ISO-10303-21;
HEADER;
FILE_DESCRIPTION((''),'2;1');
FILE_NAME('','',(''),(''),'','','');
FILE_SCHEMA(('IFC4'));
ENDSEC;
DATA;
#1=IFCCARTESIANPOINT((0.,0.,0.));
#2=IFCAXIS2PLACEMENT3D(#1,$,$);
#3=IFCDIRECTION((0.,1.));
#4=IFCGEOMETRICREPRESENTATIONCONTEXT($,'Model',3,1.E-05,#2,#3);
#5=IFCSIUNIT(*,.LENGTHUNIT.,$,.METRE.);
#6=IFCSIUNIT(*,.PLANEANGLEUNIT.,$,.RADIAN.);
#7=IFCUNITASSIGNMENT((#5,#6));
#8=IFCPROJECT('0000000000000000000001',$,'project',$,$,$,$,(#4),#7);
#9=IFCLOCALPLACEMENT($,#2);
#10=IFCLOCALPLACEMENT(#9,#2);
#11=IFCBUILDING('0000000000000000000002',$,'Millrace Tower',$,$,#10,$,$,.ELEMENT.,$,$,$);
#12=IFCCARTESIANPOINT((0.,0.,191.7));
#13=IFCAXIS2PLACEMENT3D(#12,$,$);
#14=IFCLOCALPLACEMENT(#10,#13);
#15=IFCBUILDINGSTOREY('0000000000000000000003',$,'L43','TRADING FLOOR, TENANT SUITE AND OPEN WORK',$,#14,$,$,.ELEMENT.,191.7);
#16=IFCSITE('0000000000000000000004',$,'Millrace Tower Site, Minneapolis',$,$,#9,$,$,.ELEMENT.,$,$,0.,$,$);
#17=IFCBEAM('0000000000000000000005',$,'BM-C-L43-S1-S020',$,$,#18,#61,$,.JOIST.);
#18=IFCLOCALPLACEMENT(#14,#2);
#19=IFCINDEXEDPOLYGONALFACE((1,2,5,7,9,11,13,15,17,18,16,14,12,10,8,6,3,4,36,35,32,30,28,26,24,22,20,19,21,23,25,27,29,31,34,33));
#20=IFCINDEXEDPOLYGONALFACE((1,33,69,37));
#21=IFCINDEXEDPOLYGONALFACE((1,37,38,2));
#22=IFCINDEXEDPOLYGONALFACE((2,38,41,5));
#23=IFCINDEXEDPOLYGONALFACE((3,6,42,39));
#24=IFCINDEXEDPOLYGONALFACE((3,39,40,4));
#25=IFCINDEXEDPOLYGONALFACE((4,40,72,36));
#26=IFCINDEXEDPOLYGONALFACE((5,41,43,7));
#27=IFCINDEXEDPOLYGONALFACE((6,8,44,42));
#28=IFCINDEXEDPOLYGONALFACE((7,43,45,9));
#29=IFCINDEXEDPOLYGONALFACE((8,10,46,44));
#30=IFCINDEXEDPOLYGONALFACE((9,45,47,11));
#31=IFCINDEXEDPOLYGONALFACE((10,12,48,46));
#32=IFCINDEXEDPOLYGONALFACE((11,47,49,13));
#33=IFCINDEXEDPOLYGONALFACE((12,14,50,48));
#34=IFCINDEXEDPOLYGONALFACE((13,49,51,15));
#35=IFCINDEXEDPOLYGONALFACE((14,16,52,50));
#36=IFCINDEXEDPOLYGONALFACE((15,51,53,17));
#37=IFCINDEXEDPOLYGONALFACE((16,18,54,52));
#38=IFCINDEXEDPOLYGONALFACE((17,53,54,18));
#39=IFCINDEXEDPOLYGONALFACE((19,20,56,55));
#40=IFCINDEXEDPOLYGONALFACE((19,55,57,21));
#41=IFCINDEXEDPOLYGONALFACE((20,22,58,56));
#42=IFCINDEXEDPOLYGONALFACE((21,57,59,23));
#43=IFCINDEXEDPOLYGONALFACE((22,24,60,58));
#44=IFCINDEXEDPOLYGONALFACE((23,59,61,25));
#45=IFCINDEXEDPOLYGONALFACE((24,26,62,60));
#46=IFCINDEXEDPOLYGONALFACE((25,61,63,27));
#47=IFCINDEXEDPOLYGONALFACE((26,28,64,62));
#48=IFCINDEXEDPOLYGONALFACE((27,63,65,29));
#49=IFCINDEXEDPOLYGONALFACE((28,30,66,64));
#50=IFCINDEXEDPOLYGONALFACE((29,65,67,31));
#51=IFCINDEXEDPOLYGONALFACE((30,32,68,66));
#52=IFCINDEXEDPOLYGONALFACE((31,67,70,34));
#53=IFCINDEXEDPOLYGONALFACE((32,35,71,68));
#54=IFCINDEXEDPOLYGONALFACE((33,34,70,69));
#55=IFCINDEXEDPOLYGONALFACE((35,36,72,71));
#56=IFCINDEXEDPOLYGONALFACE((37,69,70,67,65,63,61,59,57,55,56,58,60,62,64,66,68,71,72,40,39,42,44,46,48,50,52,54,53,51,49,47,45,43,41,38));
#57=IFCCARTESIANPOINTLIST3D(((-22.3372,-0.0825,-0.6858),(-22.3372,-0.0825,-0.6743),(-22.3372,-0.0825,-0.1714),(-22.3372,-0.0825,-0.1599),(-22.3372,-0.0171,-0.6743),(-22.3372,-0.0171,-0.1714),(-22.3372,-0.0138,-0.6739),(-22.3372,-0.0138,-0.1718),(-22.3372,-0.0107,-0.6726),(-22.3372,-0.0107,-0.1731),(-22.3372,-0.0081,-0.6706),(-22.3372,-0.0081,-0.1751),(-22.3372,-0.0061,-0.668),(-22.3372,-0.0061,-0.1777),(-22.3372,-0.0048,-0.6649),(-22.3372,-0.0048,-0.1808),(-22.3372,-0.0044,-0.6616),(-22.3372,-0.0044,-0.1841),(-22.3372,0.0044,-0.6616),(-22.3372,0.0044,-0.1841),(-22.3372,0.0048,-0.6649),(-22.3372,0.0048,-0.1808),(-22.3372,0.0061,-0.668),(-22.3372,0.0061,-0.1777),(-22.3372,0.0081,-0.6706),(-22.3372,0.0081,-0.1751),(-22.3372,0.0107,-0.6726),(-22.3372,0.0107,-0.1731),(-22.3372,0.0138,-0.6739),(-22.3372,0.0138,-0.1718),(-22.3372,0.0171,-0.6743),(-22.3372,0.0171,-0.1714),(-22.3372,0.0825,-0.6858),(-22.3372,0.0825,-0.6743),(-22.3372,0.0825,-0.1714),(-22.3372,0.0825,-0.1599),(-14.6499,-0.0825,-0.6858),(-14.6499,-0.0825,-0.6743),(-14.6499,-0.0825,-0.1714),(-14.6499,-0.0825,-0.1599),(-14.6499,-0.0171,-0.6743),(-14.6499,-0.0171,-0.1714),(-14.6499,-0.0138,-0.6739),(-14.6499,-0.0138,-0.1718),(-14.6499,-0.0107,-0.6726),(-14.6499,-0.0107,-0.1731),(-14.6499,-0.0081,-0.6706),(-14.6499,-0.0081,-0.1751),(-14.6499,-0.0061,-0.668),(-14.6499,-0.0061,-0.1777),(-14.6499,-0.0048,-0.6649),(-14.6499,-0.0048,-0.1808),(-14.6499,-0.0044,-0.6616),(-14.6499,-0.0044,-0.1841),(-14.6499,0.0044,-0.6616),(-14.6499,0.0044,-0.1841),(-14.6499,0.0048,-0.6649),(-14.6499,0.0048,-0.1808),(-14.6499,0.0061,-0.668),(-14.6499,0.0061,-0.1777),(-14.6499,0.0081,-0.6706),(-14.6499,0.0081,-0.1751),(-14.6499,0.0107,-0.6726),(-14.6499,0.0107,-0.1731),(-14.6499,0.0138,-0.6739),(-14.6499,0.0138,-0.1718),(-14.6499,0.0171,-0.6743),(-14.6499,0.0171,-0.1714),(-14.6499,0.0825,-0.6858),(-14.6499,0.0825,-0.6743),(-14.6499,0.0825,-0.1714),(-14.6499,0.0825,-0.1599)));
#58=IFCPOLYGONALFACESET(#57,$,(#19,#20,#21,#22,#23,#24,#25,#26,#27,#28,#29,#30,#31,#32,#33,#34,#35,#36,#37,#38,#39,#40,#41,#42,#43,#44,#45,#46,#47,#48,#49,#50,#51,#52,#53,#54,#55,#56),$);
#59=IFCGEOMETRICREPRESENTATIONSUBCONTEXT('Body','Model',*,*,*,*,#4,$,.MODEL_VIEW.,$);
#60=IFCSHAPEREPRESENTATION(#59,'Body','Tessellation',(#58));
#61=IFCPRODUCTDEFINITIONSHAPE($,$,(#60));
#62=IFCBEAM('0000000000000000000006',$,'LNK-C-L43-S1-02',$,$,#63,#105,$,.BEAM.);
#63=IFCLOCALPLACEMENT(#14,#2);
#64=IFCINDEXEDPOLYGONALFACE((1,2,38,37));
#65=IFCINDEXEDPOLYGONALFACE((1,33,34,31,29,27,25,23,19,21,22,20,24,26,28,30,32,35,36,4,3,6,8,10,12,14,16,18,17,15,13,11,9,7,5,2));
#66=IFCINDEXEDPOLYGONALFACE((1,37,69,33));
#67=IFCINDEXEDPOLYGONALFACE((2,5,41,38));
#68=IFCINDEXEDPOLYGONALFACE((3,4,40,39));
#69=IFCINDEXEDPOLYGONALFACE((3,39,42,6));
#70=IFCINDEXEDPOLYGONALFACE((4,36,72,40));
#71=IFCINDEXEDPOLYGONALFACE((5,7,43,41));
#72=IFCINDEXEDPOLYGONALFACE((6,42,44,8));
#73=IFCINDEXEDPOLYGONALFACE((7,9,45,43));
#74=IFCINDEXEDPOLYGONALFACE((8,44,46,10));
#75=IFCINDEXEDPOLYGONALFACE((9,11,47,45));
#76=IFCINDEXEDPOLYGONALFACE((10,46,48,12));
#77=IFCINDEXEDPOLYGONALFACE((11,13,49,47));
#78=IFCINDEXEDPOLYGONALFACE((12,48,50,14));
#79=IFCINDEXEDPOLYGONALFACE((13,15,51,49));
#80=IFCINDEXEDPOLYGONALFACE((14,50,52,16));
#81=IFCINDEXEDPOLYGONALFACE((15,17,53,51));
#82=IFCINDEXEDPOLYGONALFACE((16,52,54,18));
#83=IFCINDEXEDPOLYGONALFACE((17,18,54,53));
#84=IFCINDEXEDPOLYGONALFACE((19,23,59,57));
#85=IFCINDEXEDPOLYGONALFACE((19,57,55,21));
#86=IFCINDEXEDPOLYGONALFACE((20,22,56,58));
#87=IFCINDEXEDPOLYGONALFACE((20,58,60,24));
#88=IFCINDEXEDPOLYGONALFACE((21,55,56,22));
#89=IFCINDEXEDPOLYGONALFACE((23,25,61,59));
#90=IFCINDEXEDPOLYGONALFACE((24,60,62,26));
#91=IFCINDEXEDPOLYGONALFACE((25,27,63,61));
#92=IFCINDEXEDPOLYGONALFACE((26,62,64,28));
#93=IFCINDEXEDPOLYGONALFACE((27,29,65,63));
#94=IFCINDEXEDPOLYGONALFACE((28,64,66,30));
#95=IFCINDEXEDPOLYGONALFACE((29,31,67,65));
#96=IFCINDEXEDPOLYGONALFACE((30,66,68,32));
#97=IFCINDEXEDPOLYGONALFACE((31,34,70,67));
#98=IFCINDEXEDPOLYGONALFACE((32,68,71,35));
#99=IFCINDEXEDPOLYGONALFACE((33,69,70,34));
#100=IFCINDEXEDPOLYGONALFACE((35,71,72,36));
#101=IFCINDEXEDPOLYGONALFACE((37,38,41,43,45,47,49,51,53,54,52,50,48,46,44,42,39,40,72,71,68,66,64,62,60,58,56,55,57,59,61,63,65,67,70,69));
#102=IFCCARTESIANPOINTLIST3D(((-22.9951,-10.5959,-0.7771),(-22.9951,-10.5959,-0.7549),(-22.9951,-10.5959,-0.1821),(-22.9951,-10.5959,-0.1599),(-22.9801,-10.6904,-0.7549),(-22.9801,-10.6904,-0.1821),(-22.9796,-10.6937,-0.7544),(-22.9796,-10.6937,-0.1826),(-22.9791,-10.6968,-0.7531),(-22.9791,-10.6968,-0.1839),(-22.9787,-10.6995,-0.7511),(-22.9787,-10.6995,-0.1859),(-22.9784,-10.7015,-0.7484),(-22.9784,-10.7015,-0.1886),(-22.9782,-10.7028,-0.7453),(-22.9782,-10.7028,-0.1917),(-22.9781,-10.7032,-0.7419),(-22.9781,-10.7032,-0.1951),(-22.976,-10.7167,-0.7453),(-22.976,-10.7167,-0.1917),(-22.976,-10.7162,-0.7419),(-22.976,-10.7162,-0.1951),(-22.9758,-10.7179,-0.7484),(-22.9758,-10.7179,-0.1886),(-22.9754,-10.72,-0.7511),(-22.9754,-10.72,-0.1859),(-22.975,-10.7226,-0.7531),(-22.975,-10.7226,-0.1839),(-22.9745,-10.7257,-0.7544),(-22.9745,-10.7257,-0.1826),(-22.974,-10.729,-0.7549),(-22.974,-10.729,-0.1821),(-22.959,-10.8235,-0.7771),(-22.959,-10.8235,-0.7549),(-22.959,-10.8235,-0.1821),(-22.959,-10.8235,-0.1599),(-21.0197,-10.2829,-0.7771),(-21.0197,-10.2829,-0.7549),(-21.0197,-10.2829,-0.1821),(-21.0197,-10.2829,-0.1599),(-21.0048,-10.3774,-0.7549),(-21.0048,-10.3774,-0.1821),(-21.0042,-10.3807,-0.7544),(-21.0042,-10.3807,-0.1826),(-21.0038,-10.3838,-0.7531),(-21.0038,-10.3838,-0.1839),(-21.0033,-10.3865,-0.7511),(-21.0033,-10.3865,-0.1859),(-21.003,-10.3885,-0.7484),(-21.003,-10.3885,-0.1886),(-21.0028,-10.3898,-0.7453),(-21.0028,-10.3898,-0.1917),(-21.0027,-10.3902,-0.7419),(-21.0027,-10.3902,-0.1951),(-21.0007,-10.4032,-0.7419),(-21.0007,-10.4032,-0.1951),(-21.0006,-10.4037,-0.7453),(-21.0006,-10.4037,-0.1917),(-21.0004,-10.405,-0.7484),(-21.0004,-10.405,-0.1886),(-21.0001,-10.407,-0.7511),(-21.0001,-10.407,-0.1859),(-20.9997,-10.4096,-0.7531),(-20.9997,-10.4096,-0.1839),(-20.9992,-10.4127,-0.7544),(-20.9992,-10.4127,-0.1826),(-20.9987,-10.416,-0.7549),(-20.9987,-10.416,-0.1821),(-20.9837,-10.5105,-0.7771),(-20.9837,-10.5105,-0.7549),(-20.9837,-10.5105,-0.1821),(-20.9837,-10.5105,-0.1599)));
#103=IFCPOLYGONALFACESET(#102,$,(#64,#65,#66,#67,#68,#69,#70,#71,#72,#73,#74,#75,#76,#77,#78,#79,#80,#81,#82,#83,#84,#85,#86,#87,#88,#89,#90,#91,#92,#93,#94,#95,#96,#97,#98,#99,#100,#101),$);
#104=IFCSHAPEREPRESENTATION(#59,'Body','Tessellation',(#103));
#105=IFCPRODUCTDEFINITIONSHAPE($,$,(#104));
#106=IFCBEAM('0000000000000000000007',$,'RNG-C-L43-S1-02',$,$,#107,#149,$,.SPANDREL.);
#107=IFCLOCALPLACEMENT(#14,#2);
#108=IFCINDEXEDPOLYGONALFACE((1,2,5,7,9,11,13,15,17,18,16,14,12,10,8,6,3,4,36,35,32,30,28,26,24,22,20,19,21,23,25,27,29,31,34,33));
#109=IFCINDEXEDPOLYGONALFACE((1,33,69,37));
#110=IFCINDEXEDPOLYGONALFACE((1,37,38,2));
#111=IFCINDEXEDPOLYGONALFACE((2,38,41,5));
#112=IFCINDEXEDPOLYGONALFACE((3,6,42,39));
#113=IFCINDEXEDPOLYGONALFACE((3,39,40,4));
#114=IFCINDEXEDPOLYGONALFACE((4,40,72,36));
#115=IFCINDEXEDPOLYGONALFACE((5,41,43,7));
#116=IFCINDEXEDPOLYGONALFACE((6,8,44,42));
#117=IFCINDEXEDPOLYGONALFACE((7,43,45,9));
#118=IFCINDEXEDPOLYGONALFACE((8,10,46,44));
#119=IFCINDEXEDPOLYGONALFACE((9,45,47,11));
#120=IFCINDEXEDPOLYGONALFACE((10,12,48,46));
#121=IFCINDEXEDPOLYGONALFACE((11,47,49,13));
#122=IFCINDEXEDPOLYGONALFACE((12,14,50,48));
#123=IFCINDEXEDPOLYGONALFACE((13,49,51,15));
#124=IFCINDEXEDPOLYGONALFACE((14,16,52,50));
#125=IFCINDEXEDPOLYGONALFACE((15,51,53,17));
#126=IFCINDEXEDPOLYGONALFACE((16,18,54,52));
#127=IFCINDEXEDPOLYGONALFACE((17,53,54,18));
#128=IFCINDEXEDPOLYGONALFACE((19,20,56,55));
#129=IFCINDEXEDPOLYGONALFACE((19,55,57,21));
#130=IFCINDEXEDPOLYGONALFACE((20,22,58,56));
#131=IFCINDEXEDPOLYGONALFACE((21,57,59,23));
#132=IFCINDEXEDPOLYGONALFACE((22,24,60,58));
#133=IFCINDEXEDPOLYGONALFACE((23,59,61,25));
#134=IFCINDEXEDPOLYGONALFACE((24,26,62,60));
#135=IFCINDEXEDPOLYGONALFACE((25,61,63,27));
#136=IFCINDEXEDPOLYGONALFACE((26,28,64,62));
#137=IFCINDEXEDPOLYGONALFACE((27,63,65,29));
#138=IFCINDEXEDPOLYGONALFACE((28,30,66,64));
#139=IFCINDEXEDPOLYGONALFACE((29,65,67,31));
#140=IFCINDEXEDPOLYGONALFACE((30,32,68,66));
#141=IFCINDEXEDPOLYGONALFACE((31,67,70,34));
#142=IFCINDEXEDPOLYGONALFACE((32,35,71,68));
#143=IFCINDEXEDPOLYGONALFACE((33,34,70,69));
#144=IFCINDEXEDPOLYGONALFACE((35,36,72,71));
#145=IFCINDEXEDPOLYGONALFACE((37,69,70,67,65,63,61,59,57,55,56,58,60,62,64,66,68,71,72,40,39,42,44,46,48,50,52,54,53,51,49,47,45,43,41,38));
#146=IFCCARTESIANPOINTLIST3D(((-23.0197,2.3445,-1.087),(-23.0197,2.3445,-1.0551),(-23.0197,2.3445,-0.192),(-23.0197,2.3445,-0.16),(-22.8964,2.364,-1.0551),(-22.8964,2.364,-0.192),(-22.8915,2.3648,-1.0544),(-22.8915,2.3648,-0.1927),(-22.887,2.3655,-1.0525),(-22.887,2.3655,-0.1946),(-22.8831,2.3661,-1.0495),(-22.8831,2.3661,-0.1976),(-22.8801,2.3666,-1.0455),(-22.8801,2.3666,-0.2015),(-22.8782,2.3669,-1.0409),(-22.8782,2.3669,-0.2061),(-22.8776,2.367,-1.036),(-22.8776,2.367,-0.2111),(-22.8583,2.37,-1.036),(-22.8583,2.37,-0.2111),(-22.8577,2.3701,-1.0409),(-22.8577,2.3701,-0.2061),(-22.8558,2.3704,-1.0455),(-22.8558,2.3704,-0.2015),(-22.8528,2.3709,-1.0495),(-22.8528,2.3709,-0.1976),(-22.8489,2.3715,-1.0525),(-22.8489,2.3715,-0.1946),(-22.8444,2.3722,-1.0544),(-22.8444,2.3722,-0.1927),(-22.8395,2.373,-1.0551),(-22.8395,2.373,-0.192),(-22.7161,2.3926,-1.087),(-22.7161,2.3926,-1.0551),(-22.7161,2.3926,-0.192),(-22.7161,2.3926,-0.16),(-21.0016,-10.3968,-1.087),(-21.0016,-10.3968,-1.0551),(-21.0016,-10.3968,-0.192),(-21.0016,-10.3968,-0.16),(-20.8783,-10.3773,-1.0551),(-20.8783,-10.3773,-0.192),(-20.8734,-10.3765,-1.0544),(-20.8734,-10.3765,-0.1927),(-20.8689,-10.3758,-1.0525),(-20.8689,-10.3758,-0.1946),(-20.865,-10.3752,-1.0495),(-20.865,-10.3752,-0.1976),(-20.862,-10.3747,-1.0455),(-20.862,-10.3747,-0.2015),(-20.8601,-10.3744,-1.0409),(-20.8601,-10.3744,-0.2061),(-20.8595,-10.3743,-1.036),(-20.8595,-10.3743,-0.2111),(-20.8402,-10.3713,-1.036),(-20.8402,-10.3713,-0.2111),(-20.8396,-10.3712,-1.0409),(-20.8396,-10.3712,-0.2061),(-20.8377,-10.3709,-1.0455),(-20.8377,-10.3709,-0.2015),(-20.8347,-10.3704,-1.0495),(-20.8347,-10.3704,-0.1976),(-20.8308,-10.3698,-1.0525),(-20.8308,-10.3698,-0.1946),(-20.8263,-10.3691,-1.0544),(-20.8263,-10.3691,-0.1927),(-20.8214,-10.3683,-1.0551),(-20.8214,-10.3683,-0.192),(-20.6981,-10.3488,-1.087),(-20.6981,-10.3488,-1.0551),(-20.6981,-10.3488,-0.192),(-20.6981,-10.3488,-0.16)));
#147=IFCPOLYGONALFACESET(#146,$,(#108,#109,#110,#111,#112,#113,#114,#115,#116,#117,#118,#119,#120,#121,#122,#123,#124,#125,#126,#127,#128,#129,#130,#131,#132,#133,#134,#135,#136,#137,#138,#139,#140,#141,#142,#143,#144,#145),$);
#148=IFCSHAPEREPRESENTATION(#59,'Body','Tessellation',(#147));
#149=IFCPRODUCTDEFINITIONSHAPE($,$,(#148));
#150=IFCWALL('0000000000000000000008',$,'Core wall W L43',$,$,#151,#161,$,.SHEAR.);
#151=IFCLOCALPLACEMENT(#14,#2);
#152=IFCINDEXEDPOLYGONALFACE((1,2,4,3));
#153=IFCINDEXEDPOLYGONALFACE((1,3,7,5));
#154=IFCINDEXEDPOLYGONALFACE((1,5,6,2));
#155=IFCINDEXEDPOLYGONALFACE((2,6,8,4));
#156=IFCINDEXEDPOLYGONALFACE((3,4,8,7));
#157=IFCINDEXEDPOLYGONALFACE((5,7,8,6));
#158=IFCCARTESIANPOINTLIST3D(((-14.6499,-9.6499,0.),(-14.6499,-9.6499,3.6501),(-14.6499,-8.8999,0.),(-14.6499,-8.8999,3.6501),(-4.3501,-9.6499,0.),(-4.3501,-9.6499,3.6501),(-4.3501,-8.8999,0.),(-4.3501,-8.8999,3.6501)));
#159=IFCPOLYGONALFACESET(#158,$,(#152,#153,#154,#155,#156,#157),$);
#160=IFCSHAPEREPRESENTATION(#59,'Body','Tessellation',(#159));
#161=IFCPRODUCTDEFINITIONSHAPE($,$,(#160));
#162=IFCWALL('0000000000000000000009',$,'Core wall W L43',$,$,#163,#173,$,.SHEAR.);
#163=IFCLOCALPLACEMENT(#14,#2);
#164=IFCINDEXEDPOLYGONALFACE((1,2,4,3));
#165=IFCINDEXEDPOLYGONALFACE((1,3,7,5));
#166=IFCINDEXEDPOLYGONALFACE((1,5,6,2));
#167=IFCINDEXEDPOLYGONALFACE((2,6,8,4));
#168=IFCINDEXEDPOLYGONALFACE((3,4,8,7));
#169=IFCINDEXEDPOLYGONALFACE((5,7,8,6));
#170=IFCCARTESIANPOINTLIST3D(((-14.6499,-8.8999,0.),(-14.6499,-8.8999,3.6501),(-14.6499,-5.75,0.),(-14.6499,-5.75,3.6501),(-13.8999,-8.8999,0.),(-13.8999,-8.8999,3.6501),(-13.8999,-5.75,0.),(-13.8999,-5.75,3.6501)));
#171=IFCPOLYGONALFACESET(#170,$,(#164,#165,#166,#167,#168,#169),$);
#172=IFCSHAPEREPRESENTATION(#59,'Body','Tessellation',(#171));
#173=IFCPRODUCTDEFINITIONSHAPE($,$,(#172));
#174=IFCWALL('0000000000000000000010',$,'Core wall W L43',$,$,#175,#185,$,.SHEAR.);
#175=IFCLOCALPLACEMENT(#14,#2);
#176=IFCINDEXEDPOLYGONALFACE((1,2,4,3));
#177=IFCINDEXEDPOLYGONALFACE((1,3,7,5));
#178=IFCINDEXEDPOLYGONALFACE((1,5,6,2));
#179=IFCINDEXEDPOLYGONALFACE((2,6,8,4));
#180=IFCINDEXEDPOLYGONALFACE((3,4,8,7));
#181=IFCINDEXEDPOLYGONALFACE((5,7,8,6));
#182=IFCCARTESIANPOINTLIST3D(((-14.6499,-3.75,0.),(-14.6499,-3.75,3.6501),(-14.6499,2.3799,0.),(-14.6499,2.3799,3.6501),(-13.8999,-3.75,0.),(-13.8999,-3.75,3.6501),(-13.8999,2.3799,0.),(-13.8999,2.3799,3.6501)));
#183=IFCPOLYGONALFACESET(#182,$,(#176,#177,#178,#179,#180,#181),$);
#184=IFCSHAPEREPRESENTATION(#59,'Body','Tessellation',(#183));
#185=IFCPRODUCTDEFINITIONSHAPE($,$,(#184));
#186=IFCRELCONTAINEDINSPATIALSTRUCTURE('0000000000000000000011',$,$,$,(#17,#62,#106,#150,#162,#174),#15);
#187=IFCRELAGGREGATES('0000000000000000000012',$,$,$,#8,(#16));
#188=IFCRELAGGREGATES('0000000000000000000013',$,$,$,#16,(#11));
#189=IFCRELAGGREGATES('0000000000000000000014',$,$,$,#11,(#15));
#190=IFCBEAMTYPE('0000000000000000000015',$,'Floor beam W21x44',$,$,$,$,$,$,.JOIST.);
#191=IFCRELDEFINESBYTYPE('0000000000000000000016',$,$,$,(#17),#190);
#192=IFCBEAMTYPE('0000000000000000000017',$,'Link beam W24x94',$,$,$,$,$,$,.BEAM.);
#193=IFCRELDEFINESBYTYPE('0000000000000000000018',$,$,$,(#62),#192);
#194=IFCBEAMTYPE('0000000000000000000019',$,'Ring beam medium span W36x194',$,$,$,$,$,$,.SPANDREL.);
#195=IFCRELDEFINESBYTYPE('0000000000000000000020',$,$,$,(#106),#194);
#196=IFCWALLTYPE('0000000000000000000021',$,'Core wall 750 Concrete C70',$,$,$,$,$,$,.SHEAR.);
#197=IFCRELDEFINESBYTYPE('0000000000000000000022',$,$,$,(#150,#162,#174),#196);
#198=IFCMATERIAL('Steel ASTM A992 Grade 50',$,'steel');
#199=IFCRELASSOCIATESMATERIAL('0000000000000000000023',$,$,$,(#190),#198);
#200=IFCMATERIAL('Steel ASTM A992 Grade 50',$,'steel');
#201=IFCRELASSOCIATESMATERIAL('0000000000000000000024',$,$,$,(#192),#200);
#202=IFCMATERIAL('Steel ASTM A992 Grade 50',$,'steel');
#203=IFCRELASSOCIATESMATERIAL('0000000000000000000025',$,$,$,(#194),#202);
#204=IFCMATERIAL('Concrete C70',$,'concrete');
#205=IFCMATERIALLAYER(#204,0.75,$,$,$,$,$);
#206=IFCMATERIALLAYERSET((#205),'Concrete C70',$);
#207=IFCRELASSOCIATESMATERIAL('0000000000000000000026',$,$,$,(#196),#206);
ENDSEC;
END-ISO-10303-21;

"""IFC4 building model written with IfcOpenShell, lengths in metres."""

from ifc_helpers import new_model, si_unit, direction, frame, frame_2d, origin, origin_2d, place, context, subcontext, project, spatial, rectangle, i_section, extrude, material, layer, layer_set, material_profile, profile_set, type_object, element, save


model = new_model("IFC4")

# Units and contexts
model_context = context("Model", 3, precision=1e-05, world=origin(), true_north=direction((0.0, 1.0)))
body_context = subcontext(model_context, "Body", "Model", "MODEL_VIEW")
ifc_project = project(units=[si_unit("LENGTHUNIT", "METRE"), si_unit("PLANEANGLEUNIT", "RADIAN")], contexts=[model_context])

# Site, building, storey
site_placement = place(None, origin())
site = spatial("IfcSite", under=ifc_project, at=site_placement, Name="Millrace Tower Site, Minneapolis", CompositionType="ELEMENT", RefElevation=0.0)
building_placement = place(site_placement, origin())
building = spatial("IfcBuilding", under=site, at=building_placement, Name="Millrace Tower", CompositionType="ELEMENT")
storey_placement = place(building_placement, frame((0.0, 0.0, 191.7)))
storey = spatial("IfcBuildingStorey", under=building, at=storey_placement, Name="L43", Description="TRADING FLOOR, TENANT SUITE AND OPEN WORK", CompositionType="ELEMENT", Elevation=191.7)

# Beams
ifc_material_1 = material(Name="Steel ASTM A992 Grade 50", Category="steel")
ifc_material_profile_1 = material_profile(ifc_material_1, i_section(OverallWidth=0.165, OverallDepth=0.5259, WebThickness=0.0088, FlangeThickness=0.0115, FilletRadius=0.0127, at=origin_2d()))
ifc_profile_set_1 = profile_set([ifc_material_profile_1], Name="Steel ASTM A992 Grade 50")
beam_type_1 = type_object("IfcBeamType", Name="Floor beam W21x44", PredefinedType="JOIST", material=ifc_profile_set_1)
beam_1_placement = place(storey_placement, frame((-22.3372, 0.0, -0.4229), z_axis=(1.0, 0.0, 0.0), x_axis=(0.0, 1.0, 0.0)))
element("IfcBeam", 1, at=beam_1_placement, inside=storey, type_object=beam_type_1, Name="BM-C-L43-S1-S020", PredefinedType="JOIST", context=body_context, shape_type="SweptSolid", body=[
    extrude(i_section(OverallWidth=0.165, OverallDepth=0.5259, WebThickness=0.0088, FlangeThickness=0.0115, FilletRadius=0.0127, at=origin_2d()), origin(), (0.0, 0.0, 1.0), 7.6873),
])
ifc_material_2 = material(Name="Steel ASTM A992 Grade 50", Category="steel")
ifc_material_profile_2 = material_profile(ifc_material_2, i_section(OverallWidth=0.2305, OverallDepth=0.6172, WebThickness=0.0132, FlangeThickness=0.0222, FilletRadius=0.0129, at=origin_2d()))
ifc_profile_set_2 = profile_set([ifc_material_profile_2], Name="Steel ASTM A992 Grade 50")
beam_type_2 = type_object("IfcBeamType", Name="Link beam W24x94", PredefinedType="BEAM", material=ifc_profile_set_2)
beam_2_placement = place(storey_placement, frame((-21.0017, -10.3967, -0.4685), z_axis=(-0.987679, -0.156495, 0.0), x_axis=(0.156495, -0.987679, 0.0)))
element("IfcBeam", 2, at=beam_2_placement, inside=storey, type_object=beam_type_2, Name="LNK-C-L43-S1-02", PredefinedType="BEAM", context=body_context, shape_type="SweptSolid", body=[
    extrude(i_section(OverallWidth=0.2305, OverallDepth=0.6172, WebThickness=0.0132, FlangeThickness=0.0222, FilletRadius=0.0129, at=origin_2d()), origin(), (0.0, 0.0, 1.0), 2.0),
])
ifc_material_3 = material(Name="Steel ASTM A992 Grade 50", Category="steel")
ifc_material_profile_3 = material_profile(ifc_material_3, i_section(OverallWidth=0.3074, OverallDepth=0.927, WebThickness=0.0195, FlangeThickness=0.032, FilletRadius=0.019, at=origin_2d()))
ifc_profile_set_3 = profile_set([ifc_material_profile_3], Name="Steel ASTM A992 Grade 50")
beam_type_3 = type_object("IfcBeamType", Name="Ring beam medium span W36x194", PredefinedType="SPANDREL", material=ifc_profile_set_3)
beam_3_placement = place(storey_placement, frame((-20.8499, -10.3728, -0.6235), z_axis=(-0.156439, 0.987688, 0.0), x_axis=(-0.987688, -0.156439, 0.0)))
element("IfcBeam", 3, at=beam_3_placement, inside=storey, type_object=beam_type_3, Name="RNG-C-L43-S1-02", PredefinedType="SPANDREL", context=body_context, shape_type="SweptSolid", body=[
    extrude(i_section(OverallWidth=0.3074, OverallDepth=0.927, WebThickness=0.0195, FlangeThickness=0.032, FilletRadius=0.019, at=origin_2d()), origin(), (0.0, 0.0, 1.0), 12.9001),
])

# Walls
ifc_material_4 = material(Name="Concrete C70", Category="concrete")
ifc_layer_1 = layer(ifc_material_4, 0.75)
ifc_layer_set_1 = layer_set([ifc_layer_1], Name="Concrete C70")
wall_type_1 = type_object("IfcWallType", Name="Core wall 750 Concrete C70", PredefinedType="SHEAR", material=ifc_layer_set_1)
wall_1_placement = place(storey_placement, frame((-14.6499, -9.2749, 0.0), z_axis=(0.0, 0.0, 1.0), x_axis=(1.0, 0.0, 0.0)))
element("IfcWall", 4, at=wall_1_placement, inside=storey, type_object=wall_type_1, Name="Core wall W L43", PredefinedType="SHEAR", context=body_context, shape_type="SweptSolid", body=[
    extrude(rectangle(XDim=10.2998, YDim=0.75, at=frame_2d((5.1499, 0.0))), origin(), (0.0, 0.0, 1.0), 3.6501),
])
wall_2_placement = place(storey_placement, frame((-14.2749, -8.8999, 0.0), z_axis=(0.0, 0.0, 1.0), x_axis=(0.0, 1.0, 0.0)))
element("IfcWall", 5, at=wall_2_placement, inside=storey, type_object=wall_type_1, Name="Core wall W L43", PredefinedType="SHEAR", context=body_context, shape_type="SweptSolid", body=[
    extrude(rectangle(XDim=3.1499, YDim=0.75, at=frame_2d((1.575, 0.0))), origin(), (0.0, 0.0, 1.0), 3.6501),
])
wall_3_placement = place(storey_placement, frame((-14.2749, -3.75, 0.0), z_axis=(0.0, 0.0, 1.0), x_axis=(0.0, 1.0, 0.0)))
element("IfcWall", 6, at=wall_3_placement, inside=storey, type_object=wall_type_1, Name="Core wall W L43", PredefinedType="SHEAR", context=body_context, shape_type="SweptSolid", body=[
    extrude(rectangle(XDim=6.1299, YDim=0.75, at=frame_2d((3.0649, 0.0))), origin(), (0.0, 0.0, 1.0), 3.6501),
])

save(model, "model.ifc")
